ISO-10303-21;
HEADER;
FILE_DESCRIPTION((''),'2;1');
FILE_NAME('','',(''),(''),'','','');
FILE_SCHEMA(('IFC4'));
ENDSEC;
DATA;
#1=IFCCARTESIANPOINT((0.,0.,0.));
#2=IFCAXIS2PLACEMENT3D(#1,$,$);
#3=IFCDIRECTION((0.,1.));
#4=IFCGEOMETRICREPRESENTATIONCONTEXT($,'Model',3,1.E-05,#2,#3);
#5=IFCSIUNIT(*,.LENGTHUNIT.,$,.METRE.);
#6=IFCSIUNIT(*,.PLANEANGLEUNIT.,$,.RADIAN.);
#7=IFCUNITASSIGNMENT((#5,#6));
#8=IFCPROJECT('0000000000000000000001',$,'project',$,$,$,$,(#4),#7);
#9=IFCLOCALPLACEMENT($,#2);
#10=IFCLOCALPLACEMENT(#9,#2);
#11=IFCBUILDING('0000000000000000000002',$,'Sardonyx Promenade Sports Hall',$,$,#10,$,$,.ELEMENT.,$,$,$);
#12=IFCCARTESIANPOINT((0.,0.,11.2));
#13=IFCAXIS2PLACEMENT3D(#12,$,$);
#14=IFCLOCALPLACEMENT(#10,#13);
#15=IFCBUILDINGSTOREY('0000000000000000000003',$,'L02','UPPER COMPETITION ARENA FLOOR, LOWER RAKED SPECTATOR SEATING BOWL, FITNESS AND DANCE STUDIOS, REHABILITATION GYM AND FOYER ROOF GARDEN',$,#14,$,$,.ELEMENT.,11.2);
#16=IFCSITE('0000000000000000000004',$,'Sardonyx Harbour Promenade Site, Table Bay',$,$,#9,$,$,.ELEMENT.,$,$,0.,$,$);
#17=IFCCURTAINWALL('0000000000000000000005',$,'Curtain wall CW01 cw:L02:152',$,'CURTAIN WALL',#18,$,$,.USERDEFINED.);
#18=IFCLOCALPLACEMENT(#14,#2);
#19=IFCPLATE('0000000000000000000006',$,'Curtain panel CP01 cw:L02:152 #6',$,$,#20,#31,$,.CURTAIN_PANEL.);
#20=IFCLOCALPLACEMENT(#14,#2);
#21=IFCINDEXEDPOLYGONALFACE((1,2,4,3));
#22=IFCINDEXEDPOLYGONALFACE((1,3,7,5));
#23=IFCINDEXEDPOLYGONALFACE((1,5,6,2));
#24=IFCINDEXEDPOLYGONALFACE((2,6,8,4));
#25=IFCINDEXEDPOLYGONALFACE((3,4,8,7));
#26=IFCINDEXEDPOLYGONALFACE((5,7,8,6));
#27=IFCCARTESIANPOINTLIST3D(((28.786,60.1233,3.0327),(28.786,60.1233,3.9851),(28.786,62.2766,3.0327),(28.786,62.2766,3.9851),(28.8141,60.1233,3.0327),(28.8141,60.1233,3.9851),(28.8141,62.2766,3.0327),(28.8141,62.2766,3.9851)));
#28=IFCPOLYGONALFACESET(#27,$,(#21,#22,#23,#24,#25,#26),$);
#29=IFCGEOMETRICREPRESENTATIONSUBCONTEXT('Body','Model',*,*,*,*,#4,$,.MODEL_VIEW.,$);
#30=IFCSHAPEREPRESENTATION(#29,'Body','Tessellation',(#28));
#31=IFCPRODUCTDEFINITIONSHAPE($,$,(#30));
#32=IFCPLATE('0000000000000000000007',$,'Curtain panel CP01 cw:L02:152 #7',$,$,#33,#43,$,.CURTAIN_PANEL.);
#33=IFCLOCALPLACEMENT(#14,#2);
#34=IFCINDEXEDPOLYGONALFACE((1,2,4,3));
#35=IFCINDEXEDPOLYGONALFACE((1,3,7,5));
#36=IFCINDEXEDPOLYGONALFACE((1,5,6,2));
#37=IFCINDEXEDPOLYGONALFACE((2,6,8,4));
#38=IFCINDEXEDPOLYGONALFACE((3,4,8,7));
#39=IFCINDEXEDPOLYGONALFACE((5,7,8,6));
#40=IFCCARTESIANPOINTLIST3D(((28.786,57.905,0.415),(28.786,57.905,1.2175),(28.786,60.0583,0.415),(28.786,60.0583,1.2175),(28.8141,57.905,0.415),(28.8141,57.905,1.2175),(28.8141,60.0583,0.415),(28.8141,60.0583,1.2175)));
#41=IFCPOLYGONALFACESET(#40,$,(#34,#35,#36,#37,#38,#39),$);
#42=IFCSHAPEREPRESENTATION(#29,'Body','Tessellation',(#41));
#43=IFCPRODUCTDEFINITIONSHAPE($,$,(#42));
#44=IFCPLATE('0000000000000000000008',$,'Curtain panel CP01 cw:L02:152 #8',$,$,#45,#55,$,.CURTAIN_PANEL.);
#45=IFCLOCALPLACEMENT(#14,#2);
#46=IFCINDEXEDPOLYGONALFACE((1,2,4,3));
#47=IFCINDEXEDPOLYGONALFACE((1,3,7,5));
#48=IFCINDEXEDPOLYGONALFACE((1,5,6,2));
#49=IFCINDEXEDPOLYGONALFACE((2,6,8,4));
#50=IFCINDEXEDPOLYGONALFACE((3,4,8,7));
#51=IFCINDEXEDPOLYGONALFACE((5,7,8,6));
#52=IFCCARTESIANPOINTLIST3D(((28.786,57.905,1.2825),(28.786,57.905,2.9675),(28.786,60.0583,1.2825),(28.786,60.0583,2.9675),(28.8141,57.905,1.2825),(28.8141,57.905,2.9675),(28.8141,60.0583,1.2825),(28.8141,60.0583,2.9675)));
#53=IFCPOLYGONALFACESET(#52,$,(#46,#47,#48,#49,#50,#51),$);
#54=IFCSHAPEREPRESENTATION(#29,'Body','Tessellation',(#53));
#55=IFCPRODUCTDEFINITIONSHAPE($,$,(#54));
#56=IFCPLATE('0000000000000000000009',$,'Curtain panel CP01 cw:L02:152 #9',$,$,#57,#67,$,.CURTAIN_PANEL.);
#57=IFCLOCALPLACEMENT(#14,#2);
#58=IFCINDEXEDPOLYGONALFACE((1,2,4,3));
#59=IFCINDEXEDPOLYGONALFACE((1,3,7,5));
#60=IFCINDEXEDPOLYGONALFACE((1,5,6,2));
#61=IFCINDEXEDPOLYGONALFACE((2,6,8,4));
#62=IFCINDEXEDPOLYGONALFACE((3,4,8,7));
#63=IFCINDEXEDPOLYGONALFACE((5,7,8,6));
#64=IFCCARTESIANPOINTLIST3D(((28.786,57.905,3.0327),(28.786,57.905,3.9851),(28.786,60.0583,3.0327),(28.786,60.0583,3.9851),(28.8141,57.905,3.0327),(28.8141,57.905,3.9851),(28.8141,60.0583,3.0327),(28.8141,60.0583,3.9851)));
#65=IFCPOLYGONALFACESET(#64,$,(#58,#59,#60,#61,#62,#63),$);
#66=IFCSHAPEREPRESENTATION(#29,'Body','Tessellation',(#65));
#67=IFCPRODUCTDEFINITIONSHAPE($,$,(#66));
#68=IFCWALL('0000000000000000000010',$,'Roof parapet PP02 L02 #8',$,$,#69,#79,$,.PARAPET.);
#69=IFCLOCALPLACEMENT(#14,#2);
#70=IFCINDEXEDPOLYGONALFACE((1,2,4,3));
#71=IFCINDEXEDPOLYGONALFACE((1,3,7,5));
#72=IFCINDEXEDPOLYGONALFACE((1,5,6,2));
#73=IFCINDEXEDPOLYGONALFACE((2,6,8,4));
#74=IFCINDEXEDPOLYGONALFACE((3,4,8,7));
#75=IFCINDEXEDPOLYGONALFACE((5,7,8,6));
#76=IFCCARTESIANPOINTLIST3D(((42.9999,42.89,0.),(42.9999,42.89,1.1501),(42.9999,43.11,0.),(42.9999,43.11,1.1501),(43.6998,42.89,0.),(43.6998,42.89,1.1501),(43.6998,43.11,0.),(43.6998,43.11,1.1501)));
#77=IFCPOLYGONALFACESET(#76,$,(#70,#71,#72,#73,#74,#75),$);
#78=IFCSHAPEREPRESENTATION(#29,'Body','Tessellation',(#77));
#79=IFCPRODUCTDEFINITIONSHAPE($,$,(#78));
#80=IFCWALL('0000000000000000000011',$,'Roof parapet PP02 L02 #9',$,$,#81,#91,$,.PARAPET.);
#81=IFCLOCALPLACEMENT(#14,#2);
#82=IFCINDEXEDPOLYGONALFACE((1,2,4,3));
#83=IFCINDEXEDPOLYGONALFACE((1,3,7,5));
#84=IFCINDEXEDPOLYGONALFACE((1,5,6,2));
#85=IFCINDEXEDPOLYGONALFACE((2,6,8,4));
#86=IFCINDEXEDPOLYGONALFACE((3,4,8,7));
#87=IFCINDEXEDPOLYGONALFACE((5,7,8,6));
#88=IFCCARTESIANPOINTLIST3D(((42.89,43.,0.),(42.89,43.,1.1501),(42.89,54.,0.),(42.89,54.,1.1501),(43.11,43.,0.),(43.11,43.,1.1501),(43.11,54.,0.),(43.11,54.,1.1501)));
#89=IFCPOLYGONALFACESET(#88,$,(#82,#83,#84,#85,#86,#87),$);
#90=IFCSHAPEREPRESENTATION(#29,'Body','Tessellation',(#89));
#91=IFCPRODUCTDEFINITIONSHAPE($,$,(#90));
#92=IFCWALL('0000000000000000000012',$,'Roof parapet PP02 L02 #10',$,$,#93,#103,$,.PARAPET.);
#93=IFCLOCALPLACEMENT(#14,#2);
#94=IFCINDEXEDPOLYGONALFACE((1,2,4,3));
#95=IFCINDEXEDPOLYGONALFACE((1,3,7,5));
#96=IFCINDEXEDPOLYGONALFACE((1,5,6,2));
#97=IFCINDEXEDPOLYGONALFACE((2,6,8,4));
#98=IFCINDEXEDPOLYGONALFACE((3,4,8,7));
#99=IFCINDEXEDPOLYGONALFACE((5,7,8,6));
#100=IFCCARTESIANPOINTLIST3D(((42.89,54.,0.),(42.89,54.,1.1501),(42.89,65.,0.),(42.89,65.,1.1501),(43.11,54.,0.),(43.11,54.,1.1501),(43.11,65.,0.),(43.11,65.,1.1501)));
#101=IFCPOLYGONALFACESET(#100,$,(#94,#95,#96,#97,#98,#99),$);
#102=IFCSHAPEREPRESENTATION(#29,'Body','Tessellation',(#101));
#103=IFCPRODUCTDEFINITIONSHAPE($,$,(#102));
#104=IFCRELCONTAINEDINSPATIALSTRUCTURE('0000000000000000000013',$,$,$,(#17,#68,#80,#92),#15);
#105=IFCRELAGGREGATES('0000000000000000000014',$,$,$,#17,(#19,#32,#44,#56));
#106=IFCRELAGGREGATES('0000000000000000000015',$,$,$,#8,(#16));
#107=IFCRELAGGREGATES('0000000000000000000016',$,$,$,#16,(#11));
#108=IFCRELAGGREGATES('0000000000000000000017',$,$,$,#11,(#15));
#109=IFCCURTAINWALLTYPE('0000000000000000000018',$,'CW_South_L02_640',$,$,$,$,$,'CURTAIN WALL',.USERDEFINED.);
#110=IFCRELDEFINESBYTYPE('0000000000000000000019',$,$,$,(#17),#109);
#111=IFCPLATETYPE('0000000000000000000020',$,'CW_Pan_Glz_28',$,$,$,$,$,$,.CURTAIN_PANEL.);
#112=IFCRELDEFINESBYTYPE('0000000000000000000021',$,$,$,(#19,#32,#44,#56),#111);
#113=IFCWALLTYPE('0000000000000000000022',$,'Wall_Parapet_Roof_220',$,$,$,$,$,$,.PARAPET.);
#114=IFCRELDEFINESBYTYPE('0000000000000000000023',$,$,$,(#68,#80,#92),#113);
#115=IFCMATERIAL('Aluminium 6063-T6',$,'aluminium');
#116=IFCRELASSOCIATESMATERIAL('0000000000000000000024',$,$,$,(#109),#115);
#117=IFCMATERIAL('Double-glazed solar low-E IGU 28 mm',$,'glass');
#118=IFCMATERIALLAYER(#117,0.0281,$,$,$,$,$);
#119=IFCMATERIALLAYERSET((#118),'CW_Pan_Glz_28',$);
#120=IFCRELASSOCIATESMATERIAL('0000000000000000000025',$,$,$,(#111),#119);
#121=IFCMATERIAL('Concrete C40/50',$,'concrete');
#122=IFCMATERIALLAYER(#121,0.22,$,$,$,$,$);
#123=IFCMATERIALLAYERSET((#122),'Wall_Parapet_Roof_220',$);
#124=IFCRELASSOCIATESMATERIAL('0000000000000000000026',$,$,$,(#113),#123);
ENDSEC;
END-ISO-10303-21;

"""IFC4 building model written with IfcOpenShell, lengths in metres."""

from ifc_helpers import new_model, si_unit, direction, frame, frame_2d, origin, origin_2d, place, context, subcontext, project, spatial, rectangle, extrude, material, layer, layer_set, type_object, element, aggregate, save


model = new_model("IFC4")

# Units and contexts
model_context = context("Model", 3, precision=1e-05, world=origin(), true_north=direction((0.0, 1.0)))
body_context = subcontext(model_context, "Body", "Model", "MODEL_VIEW")
ifc_project = project(units=[si_unit("LENGTHUNIT", "METRE"), si_unit("PLANEANGLEUNIT", "RADIAN")], contexts=[model_context])

# Site, building, storey
site_placement = place(None, origin())
site = spatial("IfcSite", under=ifc_project, at=site_placement, Name="Sardonyx Harbour Promenade Site, Table Bay", CompositionType="ELEMENT", RefElevation=0.0)
building_placement = place(site_placement, origin())
building = spatial("IfcBuilding", under=site, at=building_placement, Name="Sardonyx Promenade Sports Hall", CompositionType="ELEMENT")
storey_placement = place(building_placement, frame((0.0, 0.0, 11.2)))
storey = spatial("IfcBuildingStorey", under=building, at=storey_placement, Name="L02", Description="UPPER COMPETITION ARENA FLOOR, LOWER RAKED SPECTATOR SEATING BOWL, FITNESS AND DANCE STUDIOS, REHABILITATION GYM AND FOYER ROOF GARDEN", CompositionType="ELEMENT", Elevation=11.2)

# Curtain wall, plates
ifc_material_1 = material(Name="Aluminium 6063-T6", Category="aluminium")
curtain_wall_type = type_object("IfcCurtainWallType", Name="CW_South_L02_640", ElementType="CURTAIN WALL", PredefinedType="USERDEFINED", material=ifc_material_1)
curtain_wall_placement = place(storey_placement, origin())
curtain_wall = element("IfcCurtainWall", 1, at=curtain_wall_placement, inside=storey, type_object=curtain_wall_type, Name="Curtain wall CW01 cw:L02:152", ObjectType="CURTAIN WALL", PredefinedType="USERDEFINED")
ifc_material_2 = material(Name="Double-glazed solar low-E IGU 28 mm", Category="glass")
ifc_layer_1 = layer(ifc_material_2, 0.0281)
ifc_layer_set_1 = layer_set([ifc_layer_1], Name="CW_Pan_Glz_28")
plate_type = type_object("IfcPlateType", Name="CW_Pan_Glz_28", PredefinedType="CURTAIN_PANEL", material=ifc_layer_set_1)
plate_1_placement = place(storey_placement, frame((28.8, 61.2, 3.0327), z_axis=(0.0, 0.0, 1.0), x_axis=(0.0, -1.0, 0.0)))
plate_1 = element("IfcPlate", 2, at=plate_1_placement, type_object=plate_type, Name="Curtain panel CP01 cw:L02:152 #6", PredefinedType="CURTAIN_PANEL", context=body_context, shape_type="SweptSolid", body=[
    extrude(rectangle(XDim=2.1533, YDim=0.0281, at=origin_2d()), origin(), (0.0, 0.0, 1.0), 0.9524),
])
plate_2_placement = place(storey_placement, frame((28.8, 58.9817, 0.415), z_axis=(0.0, 0.0, 1.0), x_axis=(0.0, -1.0, 0.0)))
plate_2 = element("IfcPlate", 3, at=plate_2_placement, type_object=plate_type, Name="Curtain panel CP01 cw:L02:152 #7", PredefinedType="CURTAIN_PANEL", context=body_context, shape_type="SweptSolid", body=[
    extrude(rectangle(XDim=2.1533, YDim=0.0281, at=origin_2d()), origin(), (0.0, 0.0, 1.0), 0.8025),
])
plate_3_placement = place(storey_placement, frame((28.8, 58.9817, 1.2825), z_axis=(0.0, 0.0, 1.0), x_axis=(0.0, -1.0, 0.0)))
plate_3 = element("IfcPlate", 4, at=plate_3_placement, type_object=plate_type, Name="Curtain panel CP01 cw:L02:152 #8", PredefinedType="CURTAIN_PANEL", context=body_context, shape_type="SweptSolid", body=[
    extrude(rectangle(XDim=2.1533, YDim=0.0281, at=origin_2d()), origin(), (0.0, 0.0, 1.0), 1.6851),
])
plate_4_placement = place(storey_placement, frame((28.8, 58.9817, 3.0327), z_axis=(0.0, 0.0, 1.0), x_axis=(0.0, -1.0, 0.0)))
plate_4 = element("IfcPlate", 5, at=plate_4_placement, type_object=plate_type, Name="Curtain panel CP01 cw:L02:152 #9", PredefinedType="CURTAIN_PANEL", context=body_context, shape_type="SweptSolid", body=[
    extrude(rectangle(XDim=2.1533, YDim=0.0281, at=origin_2d()), origin(), (0.0, 0.0, 1.0), 0.9524),
])
aggregate(curtain_wall, [plate_1, plate_2, plate_3, plate_4])

# Walls
ifc_material_3 = material(Name="Concrete C40/50", Category="concrete")
ifc_layer_2 = layer(ifc_material_3, 0.22)
ifc_layer_set_2 = layer_set([ifc_layer_2], Name="Wall_Parapet_Roof_220")
wall_type = type_object("IfcWallType", Name="Wall_Parapet_Roof_220", PredefinedType="PARAPET", material=ifc_layer_set_2)
wall_placement = place(storey_placement, frame((43.7, 43.0, 0.0), z_axis=(0.0, 0.0, 1.0), x_axis=(-1.0, 0.0, 0.0)))
element("IfcWall", 6, at=wall_placement, inside=storey, type_object=wall_type, Name="Roof parapet PP02 L02 #8", PredefinedType="PARAPET", context=body_context, shape_type="SweptSolid", body=[
    extrude(rectangle(XDim=0.7, YDim=0.22, at=frame_2d((0.3501, 0.0))), origin(), (0.0, 0.0, 1.0), 1.1501),
])
for number, where, z_axis, x_axis, name in (
    (7, (43.0, 43.0, 0.0), (0.0, 0.0, 1.0), (0.0, 1.0, 0.0), "Roof parapet PP02 L02 #9"),
    (8, (43.0, 54.0, 0.0), (0.0, 0.0, 1.0), (0.0, 1.0, 0.0), "Roof parapet PP02 L02 #10"),
):
    element("IfcWall", number, at=place(storey_placement, frame(where, z_axis=z_axis, x_axis=x_axis)), inside=storey, type_object=wall_type, Name=name, PredefinedType="PARAPET", context=body_context, shape_type="SweptSolid", body=[
        extrude(rectangle(XDim=11.0, YDim=0.22, at=frame_2d((5.5, 0.0))), origin(), (0.0, 0.0, 1.0), 1.1501),
    ])

save(model, "model.ifc")
